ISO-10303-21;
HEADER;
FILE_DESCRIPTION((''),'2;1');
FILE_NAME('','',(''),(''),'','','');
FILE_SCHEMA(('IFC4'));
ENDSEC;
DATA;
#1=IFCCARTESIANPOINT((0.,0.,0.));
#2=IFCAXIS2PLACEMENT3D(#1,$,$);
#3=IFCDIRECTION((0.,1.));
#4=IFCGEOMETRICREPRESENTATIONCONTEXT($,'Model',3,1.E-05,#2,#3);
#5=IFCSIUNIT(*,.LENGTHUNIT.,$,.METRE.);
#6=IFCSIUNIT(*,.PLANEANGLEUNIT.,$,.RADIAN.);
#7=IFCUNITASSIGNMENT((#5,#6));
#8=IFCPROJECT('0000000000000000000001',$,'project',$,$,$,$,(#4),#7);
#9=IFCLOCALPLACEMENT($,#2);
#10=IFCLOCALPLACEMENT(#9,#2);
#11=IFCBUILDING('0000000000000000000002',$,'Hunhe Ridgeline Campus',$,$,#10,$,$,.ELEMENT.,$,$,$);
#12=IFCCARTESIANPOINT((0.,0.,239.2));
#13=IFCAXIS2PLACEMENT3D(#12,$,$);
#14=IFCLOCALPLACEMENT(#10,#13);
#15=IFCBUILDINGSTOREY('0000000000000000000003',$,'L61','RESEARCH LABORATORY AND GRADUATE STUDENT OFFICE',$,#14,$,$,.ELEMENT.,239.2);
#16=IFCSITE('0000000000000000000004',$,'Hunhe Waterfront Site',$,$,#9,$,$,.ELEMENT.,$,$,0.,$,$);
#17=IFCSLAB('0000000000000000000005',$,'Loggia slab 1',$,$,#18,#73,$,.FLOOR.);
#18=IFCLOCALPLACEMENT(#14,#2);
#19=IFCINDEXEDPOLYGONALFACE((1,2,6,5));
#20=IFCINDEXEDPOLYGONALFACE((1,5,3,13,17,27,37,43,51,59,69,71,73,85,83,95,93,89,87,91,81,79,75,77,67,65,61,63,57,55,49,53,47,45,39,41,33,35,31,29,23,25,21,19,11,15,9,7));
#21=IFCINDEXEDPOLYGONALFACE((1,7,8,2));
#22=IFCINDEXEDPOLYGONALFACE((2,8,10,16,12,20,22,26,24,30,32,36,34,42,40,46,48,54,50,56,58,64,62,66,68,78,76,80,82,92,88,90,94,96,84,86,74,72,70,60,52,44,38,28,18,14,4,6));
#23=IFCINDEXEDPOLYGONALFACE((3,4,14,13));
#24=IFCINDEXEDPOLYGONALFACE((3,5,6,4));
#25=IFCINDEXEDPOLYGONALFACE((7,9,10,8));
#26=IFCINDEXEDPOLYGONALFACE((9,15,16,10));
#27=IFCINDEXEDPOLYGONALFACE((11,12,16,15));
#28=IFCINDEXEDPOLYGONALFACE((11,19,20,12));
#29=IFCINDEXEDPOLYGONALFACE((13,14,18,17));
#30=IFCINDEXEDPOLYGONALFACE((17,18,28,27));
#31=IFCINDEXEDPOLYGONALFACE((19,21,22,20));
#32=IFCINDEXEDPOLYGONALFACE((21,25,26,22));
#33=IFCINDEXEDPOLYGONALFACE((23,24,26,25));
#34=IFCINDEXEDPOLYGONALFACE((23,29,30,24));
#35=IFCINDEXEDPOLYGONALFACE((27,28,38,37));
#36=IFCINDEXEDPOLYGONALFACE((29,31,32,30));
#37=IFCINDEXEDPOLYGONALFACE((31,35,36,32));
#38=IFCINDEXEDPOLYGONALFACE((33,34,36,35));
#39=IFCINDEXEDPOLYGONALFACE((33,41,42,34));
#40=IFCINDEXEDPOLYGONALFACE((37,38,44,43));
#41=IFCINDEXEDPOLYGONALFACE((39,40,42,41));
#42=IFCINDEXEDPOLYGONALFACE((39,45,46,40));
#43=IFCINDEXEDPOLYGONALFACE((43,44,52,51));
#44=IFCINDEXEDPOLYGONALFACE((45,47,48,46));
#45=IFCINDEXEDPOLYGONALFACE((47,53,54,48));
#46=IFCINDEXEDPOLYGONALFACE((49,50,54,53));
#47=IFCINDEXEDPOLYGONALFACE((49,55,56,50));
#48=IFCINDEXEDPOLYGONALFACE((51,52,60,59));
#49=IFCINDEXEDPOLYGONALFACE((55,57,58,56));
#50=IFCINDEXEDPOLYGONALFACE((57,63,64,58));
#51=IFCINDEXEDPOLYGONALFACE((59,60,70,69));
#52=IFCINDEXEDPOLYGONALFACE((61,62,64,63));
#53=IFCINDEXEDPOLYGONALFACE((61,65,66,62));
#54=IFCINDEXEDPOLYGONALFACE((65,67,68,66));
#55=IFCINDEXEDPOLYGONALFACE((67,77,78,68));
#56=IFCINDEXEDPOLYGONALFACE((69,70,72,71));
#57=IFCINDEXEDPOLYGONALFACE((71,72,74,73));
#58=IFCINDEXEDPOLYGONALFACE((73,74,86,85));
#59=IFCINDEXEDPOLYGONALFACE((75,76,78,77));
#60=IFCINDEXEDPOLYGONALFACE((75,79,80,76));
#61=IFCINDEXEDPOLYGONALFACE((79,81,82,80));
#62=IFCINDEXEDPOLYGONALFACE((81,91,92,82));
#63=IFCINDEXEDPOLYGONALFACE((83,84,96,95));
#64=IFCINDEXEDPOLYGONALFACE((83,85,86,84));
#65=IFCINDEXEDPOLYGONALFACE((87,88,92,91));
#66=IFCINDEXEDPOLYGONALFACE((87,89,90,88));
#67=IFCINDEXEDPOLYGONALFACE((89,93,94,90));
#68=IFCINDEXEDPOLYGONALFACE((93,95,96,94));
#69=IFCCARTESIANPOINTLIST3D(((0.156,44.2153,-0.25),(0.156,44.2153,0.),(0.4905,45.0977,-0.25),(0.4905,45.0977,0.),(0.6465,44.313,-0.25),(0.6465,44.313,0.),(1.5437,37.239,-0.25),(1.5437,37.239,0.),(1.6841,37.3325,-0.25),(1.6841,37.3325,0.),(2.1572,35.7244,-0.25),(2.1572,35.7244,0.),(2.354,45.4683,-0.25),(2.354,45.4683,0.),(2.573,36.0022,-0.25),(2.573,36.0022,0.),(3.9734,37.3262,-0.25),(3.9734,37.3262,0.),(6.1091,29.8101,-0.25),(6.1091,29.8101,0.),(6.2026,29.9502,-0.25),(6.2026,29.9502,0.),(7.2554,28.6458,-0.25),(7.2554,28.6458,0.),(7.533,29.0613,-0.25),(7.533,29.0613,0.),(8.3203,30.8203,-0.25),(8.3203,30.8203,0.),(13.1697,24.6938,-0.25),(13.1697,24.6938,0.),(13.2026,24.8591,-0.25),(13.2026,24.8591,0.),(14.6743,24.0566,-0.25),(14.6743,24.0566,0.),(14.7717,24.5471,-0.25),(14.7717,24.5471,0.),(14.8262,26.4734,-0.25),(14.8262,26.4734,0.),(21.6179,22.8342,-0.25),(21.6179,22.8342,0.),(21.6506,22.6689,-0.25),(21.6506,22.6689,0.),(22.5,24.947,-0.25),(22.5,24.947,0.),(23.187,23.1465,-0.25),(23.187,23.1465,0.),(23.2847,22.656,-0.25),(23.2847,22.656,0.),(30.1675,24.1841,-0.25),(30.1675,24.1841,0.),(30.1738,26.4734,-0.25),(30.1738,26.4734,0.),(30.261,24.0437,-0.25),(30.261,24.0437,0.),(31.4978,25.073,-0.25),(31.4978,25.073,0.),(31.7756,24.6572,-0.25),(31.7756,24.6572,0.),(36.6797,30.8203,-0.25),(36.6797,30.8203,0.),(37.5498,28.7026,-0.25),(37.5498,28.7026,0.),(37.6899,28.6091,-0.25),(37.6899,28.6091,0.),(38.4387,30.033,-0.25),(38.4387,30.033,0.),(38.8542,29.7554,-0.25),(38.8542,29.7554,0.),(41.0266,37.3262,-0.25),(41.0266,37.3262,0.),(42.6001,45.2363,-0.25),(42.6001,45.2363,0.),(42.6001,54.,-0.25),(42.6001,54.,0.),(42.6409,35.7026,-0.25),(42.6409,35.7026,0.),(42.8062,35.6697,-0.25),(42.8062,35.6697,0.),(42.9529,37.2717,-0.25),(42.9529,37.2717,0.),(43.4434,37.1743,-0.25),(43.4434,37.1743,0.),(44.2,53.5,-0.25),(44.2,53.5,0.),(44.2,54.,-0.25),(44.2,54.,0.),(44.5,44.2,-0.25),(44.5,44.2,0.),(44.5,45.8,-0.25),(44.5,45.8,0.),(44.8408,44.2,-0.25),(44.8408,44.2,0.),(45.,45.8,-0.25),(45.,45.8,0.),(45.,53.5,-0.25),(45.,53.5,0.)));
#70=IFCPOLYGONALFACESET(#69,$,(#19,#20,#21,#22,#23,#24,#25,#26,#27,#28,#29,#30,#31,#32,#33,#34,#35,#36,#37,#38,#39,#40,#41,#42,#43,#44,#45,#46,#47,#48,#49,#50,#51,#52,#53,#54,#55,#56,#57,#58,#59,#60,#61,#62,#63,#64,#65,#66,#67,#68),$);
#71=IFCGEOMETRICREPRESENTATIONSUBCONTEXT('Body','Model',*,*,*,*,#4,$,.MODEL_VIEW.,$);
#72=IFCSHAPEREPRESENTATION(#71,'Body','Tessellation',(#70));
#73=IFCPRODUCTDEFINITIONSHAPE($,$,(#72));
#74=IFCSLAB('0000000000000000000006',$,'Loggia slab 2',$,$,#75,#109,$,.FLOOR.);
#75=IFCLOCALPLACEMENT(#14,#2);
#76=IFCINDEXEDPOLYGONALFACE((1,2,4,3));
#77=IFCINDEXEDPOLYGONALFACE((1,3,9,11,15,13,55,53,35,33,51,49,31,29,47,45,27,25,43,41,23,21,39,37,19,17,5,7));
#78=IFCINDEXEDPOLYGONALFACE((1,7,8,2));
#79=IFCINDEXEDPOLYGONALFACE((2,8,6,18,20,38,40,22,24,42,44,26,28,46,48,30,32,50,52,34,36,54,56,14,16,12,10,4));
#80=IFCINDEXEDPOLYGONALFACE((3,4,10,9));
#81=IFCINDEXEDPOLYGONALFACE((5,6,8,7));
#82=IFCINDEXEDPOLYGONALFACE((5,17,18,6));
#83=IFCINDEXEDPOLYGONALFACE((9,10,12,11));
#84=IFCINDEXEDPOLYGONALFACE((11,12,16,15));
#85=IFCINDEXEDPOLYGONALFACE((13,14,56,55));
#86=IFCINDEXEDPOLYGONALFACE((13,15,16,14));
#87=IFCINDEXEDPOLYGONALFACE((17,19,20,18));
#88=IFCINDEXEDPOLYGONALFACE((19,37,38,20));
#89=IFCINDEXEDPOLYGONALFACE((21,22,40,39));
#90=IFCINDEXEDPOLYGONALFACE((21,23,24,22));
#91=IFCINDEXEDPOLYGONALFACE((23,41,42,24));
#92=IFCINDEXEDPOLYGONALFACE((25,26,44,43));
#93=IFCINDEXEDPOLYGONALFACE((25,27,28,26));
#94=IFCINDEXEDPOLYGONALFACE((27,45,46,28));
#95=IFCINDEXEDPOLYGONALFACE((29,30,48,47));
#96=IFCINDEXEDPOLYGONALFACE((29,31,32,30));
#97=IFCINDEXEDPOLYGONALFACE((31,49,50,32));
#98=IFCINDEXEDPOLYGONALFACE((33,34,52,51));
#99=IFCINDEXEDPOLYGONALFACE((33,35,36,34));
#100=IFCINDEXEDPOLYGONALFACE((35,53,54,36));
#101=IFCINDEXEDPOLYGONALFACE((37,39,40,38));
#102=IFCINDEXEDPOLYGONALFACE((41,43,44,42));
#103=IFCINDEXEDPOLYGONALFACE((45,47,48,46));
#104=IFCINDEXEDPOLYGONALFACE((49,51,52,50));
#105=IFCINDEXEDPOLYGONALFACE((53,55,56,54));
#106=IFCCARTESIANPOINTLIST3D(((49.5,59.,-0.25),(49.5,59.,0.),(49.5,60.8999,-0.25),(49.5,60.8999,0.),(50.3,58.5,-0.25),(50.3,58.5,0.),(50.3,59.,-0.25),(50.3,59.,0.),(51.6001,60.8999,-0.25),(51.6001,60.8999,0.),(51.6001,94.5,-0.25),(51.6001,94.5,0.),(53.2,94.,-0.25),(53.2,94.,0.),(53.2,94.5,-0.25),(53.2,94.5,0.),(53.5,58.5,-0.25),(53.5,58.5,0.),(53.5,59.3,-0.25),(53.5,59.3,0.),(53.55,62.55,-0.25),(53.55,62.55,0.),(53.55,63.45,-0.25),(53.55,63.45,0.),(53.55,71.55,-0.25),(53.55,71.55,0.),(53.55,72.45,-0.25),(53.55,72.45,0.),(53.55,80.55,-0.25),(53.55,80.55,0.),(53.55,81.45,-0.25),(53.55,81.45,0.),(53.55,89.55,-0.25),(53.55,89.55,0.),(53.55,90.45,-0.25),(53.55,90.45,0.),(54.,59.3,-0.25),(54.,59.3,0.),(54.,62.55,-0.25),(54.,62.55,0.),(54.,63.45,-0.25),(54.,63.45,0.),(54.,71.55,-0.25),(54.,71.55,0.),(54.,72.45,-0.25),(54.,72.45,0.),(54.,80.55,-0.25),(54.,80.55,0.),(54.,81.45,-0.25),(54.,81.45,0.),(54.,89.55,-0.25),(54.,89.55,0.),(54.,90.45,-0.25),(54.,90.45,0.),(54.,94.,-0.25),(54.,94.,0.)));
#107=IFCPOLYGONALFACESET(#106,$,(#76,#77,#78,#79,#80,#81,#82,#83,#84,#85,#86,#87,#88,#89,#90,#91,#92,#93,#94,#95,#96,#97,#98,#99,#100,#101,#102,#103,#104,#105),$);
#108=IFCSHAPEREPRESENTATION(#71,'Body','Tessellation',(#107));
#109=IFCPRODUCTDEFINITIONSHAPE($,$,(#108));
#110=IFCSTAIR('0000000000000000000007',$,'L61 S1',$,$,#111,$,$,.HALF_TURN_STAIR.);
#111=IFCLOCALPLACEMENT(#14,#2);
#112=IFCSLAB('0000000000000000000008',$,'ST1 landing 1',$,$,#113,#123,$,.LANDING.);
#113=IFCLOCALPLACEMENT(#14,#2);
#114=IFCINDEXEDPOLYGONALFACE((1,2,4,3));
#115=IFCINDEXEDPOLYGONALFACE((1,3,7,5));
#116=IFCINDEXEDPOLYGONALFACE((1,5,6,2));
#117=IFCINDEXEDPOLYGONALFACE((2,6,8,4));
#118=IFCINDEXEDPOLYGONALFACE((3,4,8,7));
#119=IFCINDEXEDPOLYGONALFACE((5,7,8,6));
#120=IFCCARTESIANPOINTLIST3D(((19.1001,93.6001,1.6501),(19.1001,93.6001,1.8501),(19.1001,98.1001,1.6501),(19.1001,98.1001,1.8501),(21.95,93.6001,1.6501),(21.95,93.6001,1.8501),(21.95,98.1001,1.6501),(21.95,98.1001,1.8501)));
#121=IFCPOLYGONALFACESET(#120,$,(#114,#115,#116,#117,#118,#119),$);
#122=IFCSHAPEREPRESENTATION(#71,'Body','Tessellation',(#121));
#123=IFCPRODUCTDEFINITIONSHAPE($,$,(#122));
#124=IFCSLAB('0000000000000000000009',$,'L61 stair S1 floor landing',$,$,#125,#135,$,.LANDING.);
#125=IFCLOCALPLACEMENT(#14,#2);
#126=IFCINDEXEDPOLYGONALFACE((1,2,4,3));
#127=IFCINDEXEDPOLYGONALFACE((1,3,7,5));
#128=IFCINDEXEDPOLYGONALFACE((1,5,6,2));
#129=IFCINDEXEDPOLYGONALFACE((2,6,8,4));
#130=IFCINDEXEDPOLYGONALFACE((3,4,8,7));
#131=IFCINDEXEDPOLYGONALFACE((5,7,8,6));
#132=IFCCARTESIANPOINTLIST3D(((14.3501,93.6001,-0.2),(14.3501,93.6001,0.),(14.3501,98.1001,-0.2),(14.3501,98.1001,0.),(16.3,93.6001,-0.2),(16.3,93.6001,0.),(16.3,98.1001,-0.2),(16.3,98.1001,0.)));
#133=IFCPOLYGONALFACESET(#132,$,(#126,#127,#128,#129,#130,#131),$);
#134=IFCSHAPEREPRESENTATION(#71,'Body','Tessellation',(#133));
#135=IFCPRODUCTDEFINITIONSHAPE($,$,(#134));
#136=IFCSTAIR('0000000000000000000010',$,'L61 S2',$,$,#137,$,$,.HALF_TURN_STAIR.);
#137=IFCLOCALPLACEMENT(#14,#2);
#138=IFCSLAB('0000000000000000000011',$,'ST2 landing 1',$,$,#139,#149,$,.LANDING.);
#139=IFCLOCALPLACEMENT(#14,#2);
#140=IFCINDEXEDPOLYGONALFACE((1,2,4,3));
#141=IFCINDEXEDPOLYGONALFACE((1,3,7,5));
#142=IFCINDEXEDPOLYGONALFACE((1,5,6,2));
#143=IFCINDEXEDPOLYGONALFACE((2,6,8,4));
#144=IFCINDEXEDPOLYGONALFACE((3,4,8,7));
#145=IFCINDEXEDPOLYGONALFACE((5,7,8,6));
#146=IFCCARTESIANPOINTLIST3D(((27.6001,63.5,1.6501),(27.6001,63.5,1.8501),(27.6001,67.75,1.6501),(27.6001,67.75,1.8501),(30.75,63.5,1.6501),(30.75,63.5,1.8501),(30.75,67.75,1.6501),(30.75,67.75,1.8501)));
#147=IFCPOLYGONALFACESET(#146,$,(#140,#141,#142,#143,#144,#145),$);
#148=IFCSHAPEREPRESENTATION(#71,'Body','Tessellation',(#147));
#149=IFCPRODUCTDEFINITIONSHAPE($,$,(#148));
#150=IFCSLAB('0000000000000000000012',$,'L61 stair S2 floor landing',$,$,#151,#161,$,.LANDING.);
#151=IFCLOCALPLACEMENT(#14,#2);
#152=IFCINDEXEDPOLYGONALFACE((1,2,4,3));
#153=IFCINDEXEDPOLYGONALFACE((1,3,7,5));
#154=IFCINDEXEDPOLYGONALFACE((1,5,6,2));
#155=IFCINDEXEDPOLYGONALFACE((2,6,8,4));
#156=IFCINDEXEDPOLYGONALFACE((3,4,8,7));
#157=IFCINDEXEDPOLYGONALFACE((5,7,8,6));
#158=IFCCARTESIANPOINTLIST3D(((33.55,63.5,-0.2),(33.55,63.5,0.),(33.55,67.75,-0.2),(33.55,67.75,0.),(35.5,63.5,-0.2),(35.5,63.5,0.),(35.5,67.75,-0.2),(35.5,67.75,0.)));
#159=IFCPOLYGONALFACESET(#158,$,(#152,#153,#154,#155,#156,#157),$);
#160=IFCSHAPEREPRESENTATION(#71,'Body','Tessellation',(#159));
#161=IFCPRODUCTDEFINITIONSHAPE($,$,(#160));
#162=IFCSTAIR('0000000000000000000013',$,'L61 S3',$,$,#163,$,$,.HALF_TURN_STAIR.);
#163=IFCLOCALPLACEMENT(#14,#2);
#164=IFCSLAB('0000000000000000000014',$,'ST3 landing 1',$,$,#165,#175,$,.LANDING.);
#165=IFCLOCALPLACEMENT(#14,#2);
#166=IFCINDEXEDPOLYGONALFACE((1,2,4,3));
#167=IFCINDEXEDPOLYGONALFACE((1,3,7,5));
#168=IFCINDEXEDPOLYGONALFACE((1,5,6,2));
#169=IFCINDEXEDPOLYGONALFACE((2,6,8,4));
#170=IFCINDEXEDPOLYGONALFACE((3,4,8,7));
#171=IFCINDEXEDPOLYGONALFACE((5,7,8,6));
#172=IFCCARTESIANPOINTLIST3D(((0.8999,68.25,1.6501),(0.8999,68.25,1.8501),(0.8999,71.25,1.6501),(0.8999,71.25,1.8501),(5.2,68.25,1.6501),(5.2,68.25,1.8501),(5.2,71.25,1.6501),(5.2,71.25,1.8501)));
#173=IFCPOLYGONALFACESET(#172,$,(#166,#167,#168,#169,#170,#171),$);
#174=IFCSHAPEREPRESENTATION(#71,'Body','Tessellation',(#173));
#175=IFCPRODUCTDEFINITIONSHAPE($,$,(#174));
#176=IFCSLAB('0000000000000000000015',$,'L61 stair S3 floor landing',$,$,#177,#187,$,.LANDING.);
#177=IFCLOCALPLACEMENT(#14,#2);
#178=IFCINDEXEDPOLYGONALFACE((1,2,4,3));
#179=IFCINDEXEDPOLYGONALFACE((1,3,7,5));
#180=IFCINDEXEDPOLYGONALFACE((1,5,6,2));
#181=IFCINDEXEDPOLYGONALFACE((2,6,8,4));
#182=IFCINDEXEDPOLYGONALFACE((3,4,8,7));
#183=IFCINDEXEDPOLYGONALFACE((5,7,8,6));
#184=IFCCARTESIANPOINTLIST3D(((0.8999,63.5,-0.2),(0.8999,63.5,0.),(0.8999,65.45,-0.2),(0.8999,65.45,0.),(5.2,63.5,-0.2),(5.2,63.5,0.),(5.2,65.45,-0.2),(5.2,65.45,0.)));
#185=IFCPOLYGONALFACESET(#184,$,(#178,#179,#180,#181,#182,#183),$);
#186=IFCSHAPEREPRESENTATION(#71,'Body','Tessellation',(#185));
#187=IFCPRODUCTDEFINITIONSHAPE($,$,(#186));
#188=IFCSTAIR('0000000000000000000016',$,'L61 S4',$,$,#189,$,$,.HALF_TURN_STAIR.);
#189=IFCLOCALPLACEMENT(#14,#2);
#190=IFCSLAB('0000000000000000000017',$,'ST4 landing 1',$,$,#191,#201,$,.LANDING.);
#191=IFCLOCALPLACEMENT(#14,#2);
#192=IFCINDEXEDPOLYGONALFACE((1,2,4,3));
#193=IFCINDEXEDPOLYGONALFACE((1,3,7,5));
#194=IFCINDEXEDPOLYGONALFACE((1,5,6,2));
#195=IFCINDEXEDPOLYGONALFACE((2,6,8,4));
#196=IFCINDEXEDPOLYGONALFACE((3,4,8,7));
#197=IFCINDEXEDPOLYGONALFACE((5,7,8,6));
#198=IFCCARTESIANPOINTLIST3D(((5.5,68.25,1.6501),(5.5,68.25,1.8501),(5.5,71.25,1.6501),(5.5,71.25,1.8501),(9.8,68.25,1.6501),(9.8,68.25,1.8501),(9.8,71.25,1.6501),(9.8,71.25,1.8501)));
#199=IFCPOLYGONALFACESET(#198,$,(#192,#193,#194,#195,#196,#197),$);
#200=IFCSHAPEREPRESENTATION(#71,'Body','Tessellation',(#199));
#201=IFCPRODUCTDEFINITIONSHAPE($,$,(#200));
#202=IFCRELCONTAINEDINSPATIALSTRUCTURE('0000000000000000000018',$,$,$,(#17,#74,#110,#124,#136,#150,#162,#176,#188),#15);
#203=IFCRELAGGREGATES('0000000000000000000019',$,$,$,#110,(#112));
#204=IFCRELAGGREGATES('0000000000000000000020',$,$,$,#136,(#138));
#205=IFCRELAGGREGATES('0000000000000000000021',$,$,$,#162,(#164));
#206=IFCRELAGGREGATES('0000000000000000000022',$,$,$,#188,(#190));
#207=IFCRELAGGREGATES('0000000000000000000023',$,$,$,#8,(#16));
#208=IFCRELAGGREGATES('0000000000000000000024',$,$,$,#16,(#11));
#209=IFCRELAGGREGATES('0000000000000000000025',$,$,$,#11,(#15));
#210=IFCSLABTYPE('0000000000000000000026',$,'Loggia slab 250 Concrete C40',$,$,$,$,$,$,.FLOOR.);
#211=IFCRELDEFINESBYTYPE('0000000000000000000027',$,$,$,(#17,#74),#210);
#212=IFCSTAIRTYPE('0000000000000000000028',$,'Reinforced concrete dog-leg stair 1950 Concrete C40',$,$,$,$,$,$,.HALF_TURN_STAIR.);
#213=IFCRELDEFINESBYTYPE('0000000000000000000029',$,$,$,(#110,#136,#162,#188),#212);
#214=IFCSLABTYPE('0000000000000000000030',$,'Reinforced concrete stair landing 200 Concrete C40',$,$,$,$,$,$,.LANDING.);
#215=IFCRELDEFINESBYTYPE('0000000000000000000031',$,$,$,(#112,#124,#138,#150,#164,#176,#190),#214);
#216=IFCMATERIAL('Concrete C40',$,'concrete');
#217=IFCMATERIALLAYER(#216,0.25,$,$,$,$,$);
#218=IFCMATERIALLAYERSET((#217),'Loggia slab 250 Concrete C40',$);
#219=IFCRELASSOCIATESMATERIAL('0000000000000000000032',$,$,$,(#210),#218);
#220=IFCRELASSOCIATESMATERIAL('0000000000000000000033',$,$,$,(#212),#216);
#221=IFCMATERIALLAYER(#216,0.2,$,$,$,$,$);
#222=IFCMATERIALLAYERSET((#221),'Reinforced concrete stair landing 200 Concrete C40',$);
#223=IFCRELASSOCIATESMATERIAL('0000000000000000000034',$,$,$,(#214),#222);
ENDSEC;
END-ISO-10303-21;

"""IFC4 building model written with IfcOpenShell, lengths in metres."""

from ifc_helpers import new_model, si_unit, direction, frame, origin, place, context, subcontext, project, spatial, polyline, outline, extrude, material, layer, layer_set, type_object, element, aggregate, save


model = new_model("IFC4")

# Units and contexts
model_context = context("Model", 3, precision=1e-05, world=origin(), true_north=direction((0.0, 1.0)))
body_context = subcontext(model_context, "Body", "Model", "MODEL_VIEW")
ifc_project = project(units=[si_unit("LENGTHUNIT", "METRE"), si_unit("PLANEANGLEUNIT", "RADIAN")], contexts=[model_context])

# Site, building, storey
site_placement = place(None, origin())
site = spatial("IfcSite", under=ifc_project, at=site_placement, Name="Hunhe Waterfront Site", CompositionType="ELEMENT", RefElevation=0.0)
building_placement = place(site_placement, origin())
building = spatial("IfcBuilding", under=site, at=building_placement, Name="Hunhe Ridgeline Campus", CompositionType="ELEMENT")
storey_placement = place(building_placement, frame((0.0, 0.0, 239.2)))
storey = spatial("IfcBuildingStorey", under=building, at=storey_placement, Name="L61", Description="RESEARCH LABORATORY AND GRADUATE STUDENT OFFICE", CompositionType="ELEMENT", Elevation=239.2)

# Slabs
ifc_material_1 = material(Name="Concrete C40", Category="concrete")
ifc_layer_1 = layer(ifc_material_1, 0.25)
ifc_layer_set_1 = layer_set([ifc_layer_1], Name="Loggia slab 250 Concrete C40")
slab_type_1 = type_object("IfcSlabType", Name="Loggia slab 250 Concrete C40", PredefinedType="FLOOR", material=ifc_layer_set_1)
slab_1_placement = place(storey_placement, frame((0.0, 0.0, -0.25)))
element("IfcSlab", 1, at=slab_1_placement, inside=storey, type_object=slab_type_1, Name="Loggia slab 1", PredefinedType="FLOOR", context=body_context, shape_type="SweptSolid", body=[
    extrude(outline(polyline([(30.1738, 26.4734), (22.5, 24.947), (14.8262, 26.4734), (8.3203, 30.8203), (3.9734, 37.3262), (2.354, 45.4683), (0.4905, 45.0977), (0.6465, 44.313), (0.156, 44.2153), (1.5437, 37.239), (1.6841, 37.3325), (2.573, 36.0022), (2.1572, 35.7244), (6.1091, 29.8101), (6.2026, 29.9502), (7.533, 29.0613), (7.2554, 28.6458), (13.1697, 24.6938), (13.2026, 24.8591), (14.7717, 24.5471), (14.6743, 24.0566), (21.6506, 22.6689), (21.6179, 22.8342), (23.187, 23.1465), (23.2847, 22.656), (30.261, 24.0437), (30.1675, 24.1841), (31.4978, 25.073), (31.7756, 24.6572), (37.6899, 28.6091), (37.5498, 28.7026), (38.4387, 30.033), (38.8542, 29.7554), (42.8062, 35.6697), (42.6409, 35.7026), (42.9529, 37.2717), (43.4434, 37.1743), (44.8408, 44.2), (44.5, 44.2), (44.5, 45.8), (45.0, 45.8), (45.0, 53.5), (44.2, 53.5), (44.2, 54.0), (42.6001, 54.0), (42.6001, 45.2363), (41.0266, 37.3262), (36.6797, 30.8203), (30.1738, 26.4734)])), origin(), (0.0, 0.0, 1.0), 0.25),
])
slab_2_placement = place(storey_placement, frame((0.0, 0.0, -0.25)))
element("IfcSlab", 2, at=slab_2_placement, inside=storey, type_object=slab_type_1, Name="Loggia slab 2", PredefinedType="FLOOR", context=body_context, shape_type="SweptSolid", body=[
    extrude(outline(polyline([(49.5, 59.0), (50.3, 59.0), (50.3, 58.5), (53.5, 58.5), (53.5, 59.3), (54.0, 59.3), (54.0, 62.55), (53.55, 62.55), (53.55, 63.45), (54.0, 63.45), (54.0, 71.55), (53.55, 71.55), (53.55, 72.45), (54.0, 72.45), (54.0, 80.55), (53.55, 80.55), (53.55, 81.45), (54.0, 81.45), (54.0, 89.55), (53.55, 89.55), (53.55, 90.45), (54.0, 90.45), (54.0, 94.0), (53.2, 94.0), (53.2, 94.5), (51.6001, 94.5), (51.6001, 60.8999), (49.5, 60.8999), (49.5, 59.0)])), origin(), (0.0, 0.0, 1.0), 0.25),
])

# Stair, slab
stair_type = type_object("IfcStairType", Name="Reinforced concrete dog-leg stair 1950 Concrete C40", PredefinedType="HALF_TURN_STAIR", material=ifc_material_1)
stair_1_placement = place(storey_placement, origin())
stair_1 = element("IfcStair", 3, at=stair_1_placement, inside=storey, type_object=stair_type, Name="L61 S1", PredefinedType="HALF_TURN_STAIR")
ifc_layer_2 = layer(ifc_material_1, 0.2)
ifc_layer_set_2 = layer_set([ifc_layer_2], Name="Reinforced concrete stair landing 200 Concrete C40")
slab_type_2 = type_object("IfcSlabType", Name="Reinforced concrete stair landing 200 Concrete C40", PredefinedType="LANDING", material=ifc_layer_set_2)
slab_3_placement = place(storey_placement, frame((0.0, 0.0, 1.6501)))
slab_3 = element("IfcSlab", 4, at=slab_3_placement, type_object=slab_type_2, Name="ST1 landing 1", PredefinedType="LANDING", context=body_context, shape_type="SweptSolid", body=[
    extrude(outline(polyline([(19.1001, 93.6001), (21.95, 93.6001), (21.95, 98.1001), (19.1001, 98.1001), (19.1001, 93.6001)])), origin(), (0.0, 0.0, 1.0), 0.2),
])
aggregate(stair_1, [slab_3])

# Slab
slab_4_placement = place(storey_placement, frame((0.0, 0.0, -0.2)))
element("IfcSlab", 5, at=slab_4_placement, inside=storey, type_object=slab_type_2, Name="L61 stair S1 floor landing", PredefinedType="LANDING", context=body_context, shape_type="SweptSolid", body=[
    extrude(outline(polyline([(14.3501, 93.6001), (16.3, 93.6001), (16.3, 98.1001), (14.3501, 98.1001), (14.3501, 93.6001)])), origin(), (0.0, 0.0, 1.0), 0.2),
])

# Stair, slab
stair_2_placement = place(storey_placement, origin())
stair_2 = element("IfcStair", 6, at=stair_2_placement, inside=storey, type_object=stair_type, Name="L61 S2", PredefinedType="HALF_TURN_STAIR")
slab_5_placement = place(storey_placement, frame((0.0, 0.0, 1.6501)))
slab_5 = element("IfcSlab", 7, at=slab_5_placement, type_object=slab_type_2, Name="ST2 landing 1", PredefinedType="LANDING", context=body_context, shape_type="SweptSolid", body=[
    extrude(outline(polyline([(30.75, 67.75), (27.6001, 67.75), (27.6001, 63.5), (30.75, 63.5), (30.75, 67.75)])), origin(), (0.0, 0.0, 1.0), 0.2),
])
aggregate(stair_2, [slab_5])

# Slab
slab_6_placement = place(storey_placement, frame((0.0, 0.0, -0.2)))
element("IfcSlab", 8, at=slab_6_placement, inside=storey, type_object=slab_type_2, Name="L61 stair S2 floor landing", PredefinedType="LANDING", context=body_context, shape_type="SweptSolid", body=[
    extrude(outline(polyline([(35.5, 67.75), (33.55, 67.75), (33.55, 63.5), (35.5, 63.5), (35.5, 67.75)])), origin(), (0.0, 0.0, 1.0), 0.2),
])

# Stair, slab
stair_3_placement = place(storey_placement, origin())
stair_3 = element("IfcStair", 9, at=stair_3_placement, inside=storey, type_object=stair_type, Name="L61 S3", PredefinedType="HALF_TURN_STAIR")
slab_7_placement = place(storey_placement, frame((0.0, 0.0, 1.6501)))
slab_7 = element("IfcSlab", 10, at=slab_7_placement, type_object=slab_type_2, Name="ST3 landing 1", PredefinedType="LANDING", context=body_context, shape_type="SweptSolid", body=[
    extrude(outline(polyline([(5.2, 68.25), (5.2, 71.25), (0.8999, 71.25), (0.8999, 68.25), (5.2, 68.25)])), origin(), (0.0, 0.0, 1.0), 0.2),
])
aggregate(stair_3, [slab_7])

# Slab
slab_8_placement = place(storey_placement, frame((0.0, 0.0, -0.2)))
element("IfcSlab", 11, at=slab_8_placement, inside=storey, type_object=slab_type_2, Name="L61 stair S3 floor landing", PredefinedType="LANDING", context=body_context, shape_type="SweptSolid", body=[
    extrude(outline(polyline([(5.2, 63.5), (5.2, 65.45), (0.8999, 65.45), (0.8999, 63.5), (5.2, 63.5)])), origin(), (0.0, 0.0, 1.0), 0.2),
])

# Stair, slab
stair_4_placement = place(storey_placement, origin())
stair_4 = element("IfcStair", 12, at=stair_4_placement, inside=storey, type_object=stair_type, Name="L61 S4", PredefinedType="HALF_TURN_STAIR")
slab_9_placement = place(storey_placement, frame((0.0, 0.0, 1.6501)))
slab_9 = element("IfcSlab", 13, at=slab_9_placement, type_object=slab_type_2, Name="ST4 landing 1", PredefinedType="LANDING", context=body_context, shape_type="SweptSolid", body=[
    extrude(outline(polyline([(9.8, 68.25), (9.8, 71.25), (5.5, 71.25), (5.5, 68.25), (9.8, 68.25)])), origin(), (0.0, 0.0, 1.0), 0.2),
])
aggregate(stair_4, [slab_9])

save(model, "model.ifc")
